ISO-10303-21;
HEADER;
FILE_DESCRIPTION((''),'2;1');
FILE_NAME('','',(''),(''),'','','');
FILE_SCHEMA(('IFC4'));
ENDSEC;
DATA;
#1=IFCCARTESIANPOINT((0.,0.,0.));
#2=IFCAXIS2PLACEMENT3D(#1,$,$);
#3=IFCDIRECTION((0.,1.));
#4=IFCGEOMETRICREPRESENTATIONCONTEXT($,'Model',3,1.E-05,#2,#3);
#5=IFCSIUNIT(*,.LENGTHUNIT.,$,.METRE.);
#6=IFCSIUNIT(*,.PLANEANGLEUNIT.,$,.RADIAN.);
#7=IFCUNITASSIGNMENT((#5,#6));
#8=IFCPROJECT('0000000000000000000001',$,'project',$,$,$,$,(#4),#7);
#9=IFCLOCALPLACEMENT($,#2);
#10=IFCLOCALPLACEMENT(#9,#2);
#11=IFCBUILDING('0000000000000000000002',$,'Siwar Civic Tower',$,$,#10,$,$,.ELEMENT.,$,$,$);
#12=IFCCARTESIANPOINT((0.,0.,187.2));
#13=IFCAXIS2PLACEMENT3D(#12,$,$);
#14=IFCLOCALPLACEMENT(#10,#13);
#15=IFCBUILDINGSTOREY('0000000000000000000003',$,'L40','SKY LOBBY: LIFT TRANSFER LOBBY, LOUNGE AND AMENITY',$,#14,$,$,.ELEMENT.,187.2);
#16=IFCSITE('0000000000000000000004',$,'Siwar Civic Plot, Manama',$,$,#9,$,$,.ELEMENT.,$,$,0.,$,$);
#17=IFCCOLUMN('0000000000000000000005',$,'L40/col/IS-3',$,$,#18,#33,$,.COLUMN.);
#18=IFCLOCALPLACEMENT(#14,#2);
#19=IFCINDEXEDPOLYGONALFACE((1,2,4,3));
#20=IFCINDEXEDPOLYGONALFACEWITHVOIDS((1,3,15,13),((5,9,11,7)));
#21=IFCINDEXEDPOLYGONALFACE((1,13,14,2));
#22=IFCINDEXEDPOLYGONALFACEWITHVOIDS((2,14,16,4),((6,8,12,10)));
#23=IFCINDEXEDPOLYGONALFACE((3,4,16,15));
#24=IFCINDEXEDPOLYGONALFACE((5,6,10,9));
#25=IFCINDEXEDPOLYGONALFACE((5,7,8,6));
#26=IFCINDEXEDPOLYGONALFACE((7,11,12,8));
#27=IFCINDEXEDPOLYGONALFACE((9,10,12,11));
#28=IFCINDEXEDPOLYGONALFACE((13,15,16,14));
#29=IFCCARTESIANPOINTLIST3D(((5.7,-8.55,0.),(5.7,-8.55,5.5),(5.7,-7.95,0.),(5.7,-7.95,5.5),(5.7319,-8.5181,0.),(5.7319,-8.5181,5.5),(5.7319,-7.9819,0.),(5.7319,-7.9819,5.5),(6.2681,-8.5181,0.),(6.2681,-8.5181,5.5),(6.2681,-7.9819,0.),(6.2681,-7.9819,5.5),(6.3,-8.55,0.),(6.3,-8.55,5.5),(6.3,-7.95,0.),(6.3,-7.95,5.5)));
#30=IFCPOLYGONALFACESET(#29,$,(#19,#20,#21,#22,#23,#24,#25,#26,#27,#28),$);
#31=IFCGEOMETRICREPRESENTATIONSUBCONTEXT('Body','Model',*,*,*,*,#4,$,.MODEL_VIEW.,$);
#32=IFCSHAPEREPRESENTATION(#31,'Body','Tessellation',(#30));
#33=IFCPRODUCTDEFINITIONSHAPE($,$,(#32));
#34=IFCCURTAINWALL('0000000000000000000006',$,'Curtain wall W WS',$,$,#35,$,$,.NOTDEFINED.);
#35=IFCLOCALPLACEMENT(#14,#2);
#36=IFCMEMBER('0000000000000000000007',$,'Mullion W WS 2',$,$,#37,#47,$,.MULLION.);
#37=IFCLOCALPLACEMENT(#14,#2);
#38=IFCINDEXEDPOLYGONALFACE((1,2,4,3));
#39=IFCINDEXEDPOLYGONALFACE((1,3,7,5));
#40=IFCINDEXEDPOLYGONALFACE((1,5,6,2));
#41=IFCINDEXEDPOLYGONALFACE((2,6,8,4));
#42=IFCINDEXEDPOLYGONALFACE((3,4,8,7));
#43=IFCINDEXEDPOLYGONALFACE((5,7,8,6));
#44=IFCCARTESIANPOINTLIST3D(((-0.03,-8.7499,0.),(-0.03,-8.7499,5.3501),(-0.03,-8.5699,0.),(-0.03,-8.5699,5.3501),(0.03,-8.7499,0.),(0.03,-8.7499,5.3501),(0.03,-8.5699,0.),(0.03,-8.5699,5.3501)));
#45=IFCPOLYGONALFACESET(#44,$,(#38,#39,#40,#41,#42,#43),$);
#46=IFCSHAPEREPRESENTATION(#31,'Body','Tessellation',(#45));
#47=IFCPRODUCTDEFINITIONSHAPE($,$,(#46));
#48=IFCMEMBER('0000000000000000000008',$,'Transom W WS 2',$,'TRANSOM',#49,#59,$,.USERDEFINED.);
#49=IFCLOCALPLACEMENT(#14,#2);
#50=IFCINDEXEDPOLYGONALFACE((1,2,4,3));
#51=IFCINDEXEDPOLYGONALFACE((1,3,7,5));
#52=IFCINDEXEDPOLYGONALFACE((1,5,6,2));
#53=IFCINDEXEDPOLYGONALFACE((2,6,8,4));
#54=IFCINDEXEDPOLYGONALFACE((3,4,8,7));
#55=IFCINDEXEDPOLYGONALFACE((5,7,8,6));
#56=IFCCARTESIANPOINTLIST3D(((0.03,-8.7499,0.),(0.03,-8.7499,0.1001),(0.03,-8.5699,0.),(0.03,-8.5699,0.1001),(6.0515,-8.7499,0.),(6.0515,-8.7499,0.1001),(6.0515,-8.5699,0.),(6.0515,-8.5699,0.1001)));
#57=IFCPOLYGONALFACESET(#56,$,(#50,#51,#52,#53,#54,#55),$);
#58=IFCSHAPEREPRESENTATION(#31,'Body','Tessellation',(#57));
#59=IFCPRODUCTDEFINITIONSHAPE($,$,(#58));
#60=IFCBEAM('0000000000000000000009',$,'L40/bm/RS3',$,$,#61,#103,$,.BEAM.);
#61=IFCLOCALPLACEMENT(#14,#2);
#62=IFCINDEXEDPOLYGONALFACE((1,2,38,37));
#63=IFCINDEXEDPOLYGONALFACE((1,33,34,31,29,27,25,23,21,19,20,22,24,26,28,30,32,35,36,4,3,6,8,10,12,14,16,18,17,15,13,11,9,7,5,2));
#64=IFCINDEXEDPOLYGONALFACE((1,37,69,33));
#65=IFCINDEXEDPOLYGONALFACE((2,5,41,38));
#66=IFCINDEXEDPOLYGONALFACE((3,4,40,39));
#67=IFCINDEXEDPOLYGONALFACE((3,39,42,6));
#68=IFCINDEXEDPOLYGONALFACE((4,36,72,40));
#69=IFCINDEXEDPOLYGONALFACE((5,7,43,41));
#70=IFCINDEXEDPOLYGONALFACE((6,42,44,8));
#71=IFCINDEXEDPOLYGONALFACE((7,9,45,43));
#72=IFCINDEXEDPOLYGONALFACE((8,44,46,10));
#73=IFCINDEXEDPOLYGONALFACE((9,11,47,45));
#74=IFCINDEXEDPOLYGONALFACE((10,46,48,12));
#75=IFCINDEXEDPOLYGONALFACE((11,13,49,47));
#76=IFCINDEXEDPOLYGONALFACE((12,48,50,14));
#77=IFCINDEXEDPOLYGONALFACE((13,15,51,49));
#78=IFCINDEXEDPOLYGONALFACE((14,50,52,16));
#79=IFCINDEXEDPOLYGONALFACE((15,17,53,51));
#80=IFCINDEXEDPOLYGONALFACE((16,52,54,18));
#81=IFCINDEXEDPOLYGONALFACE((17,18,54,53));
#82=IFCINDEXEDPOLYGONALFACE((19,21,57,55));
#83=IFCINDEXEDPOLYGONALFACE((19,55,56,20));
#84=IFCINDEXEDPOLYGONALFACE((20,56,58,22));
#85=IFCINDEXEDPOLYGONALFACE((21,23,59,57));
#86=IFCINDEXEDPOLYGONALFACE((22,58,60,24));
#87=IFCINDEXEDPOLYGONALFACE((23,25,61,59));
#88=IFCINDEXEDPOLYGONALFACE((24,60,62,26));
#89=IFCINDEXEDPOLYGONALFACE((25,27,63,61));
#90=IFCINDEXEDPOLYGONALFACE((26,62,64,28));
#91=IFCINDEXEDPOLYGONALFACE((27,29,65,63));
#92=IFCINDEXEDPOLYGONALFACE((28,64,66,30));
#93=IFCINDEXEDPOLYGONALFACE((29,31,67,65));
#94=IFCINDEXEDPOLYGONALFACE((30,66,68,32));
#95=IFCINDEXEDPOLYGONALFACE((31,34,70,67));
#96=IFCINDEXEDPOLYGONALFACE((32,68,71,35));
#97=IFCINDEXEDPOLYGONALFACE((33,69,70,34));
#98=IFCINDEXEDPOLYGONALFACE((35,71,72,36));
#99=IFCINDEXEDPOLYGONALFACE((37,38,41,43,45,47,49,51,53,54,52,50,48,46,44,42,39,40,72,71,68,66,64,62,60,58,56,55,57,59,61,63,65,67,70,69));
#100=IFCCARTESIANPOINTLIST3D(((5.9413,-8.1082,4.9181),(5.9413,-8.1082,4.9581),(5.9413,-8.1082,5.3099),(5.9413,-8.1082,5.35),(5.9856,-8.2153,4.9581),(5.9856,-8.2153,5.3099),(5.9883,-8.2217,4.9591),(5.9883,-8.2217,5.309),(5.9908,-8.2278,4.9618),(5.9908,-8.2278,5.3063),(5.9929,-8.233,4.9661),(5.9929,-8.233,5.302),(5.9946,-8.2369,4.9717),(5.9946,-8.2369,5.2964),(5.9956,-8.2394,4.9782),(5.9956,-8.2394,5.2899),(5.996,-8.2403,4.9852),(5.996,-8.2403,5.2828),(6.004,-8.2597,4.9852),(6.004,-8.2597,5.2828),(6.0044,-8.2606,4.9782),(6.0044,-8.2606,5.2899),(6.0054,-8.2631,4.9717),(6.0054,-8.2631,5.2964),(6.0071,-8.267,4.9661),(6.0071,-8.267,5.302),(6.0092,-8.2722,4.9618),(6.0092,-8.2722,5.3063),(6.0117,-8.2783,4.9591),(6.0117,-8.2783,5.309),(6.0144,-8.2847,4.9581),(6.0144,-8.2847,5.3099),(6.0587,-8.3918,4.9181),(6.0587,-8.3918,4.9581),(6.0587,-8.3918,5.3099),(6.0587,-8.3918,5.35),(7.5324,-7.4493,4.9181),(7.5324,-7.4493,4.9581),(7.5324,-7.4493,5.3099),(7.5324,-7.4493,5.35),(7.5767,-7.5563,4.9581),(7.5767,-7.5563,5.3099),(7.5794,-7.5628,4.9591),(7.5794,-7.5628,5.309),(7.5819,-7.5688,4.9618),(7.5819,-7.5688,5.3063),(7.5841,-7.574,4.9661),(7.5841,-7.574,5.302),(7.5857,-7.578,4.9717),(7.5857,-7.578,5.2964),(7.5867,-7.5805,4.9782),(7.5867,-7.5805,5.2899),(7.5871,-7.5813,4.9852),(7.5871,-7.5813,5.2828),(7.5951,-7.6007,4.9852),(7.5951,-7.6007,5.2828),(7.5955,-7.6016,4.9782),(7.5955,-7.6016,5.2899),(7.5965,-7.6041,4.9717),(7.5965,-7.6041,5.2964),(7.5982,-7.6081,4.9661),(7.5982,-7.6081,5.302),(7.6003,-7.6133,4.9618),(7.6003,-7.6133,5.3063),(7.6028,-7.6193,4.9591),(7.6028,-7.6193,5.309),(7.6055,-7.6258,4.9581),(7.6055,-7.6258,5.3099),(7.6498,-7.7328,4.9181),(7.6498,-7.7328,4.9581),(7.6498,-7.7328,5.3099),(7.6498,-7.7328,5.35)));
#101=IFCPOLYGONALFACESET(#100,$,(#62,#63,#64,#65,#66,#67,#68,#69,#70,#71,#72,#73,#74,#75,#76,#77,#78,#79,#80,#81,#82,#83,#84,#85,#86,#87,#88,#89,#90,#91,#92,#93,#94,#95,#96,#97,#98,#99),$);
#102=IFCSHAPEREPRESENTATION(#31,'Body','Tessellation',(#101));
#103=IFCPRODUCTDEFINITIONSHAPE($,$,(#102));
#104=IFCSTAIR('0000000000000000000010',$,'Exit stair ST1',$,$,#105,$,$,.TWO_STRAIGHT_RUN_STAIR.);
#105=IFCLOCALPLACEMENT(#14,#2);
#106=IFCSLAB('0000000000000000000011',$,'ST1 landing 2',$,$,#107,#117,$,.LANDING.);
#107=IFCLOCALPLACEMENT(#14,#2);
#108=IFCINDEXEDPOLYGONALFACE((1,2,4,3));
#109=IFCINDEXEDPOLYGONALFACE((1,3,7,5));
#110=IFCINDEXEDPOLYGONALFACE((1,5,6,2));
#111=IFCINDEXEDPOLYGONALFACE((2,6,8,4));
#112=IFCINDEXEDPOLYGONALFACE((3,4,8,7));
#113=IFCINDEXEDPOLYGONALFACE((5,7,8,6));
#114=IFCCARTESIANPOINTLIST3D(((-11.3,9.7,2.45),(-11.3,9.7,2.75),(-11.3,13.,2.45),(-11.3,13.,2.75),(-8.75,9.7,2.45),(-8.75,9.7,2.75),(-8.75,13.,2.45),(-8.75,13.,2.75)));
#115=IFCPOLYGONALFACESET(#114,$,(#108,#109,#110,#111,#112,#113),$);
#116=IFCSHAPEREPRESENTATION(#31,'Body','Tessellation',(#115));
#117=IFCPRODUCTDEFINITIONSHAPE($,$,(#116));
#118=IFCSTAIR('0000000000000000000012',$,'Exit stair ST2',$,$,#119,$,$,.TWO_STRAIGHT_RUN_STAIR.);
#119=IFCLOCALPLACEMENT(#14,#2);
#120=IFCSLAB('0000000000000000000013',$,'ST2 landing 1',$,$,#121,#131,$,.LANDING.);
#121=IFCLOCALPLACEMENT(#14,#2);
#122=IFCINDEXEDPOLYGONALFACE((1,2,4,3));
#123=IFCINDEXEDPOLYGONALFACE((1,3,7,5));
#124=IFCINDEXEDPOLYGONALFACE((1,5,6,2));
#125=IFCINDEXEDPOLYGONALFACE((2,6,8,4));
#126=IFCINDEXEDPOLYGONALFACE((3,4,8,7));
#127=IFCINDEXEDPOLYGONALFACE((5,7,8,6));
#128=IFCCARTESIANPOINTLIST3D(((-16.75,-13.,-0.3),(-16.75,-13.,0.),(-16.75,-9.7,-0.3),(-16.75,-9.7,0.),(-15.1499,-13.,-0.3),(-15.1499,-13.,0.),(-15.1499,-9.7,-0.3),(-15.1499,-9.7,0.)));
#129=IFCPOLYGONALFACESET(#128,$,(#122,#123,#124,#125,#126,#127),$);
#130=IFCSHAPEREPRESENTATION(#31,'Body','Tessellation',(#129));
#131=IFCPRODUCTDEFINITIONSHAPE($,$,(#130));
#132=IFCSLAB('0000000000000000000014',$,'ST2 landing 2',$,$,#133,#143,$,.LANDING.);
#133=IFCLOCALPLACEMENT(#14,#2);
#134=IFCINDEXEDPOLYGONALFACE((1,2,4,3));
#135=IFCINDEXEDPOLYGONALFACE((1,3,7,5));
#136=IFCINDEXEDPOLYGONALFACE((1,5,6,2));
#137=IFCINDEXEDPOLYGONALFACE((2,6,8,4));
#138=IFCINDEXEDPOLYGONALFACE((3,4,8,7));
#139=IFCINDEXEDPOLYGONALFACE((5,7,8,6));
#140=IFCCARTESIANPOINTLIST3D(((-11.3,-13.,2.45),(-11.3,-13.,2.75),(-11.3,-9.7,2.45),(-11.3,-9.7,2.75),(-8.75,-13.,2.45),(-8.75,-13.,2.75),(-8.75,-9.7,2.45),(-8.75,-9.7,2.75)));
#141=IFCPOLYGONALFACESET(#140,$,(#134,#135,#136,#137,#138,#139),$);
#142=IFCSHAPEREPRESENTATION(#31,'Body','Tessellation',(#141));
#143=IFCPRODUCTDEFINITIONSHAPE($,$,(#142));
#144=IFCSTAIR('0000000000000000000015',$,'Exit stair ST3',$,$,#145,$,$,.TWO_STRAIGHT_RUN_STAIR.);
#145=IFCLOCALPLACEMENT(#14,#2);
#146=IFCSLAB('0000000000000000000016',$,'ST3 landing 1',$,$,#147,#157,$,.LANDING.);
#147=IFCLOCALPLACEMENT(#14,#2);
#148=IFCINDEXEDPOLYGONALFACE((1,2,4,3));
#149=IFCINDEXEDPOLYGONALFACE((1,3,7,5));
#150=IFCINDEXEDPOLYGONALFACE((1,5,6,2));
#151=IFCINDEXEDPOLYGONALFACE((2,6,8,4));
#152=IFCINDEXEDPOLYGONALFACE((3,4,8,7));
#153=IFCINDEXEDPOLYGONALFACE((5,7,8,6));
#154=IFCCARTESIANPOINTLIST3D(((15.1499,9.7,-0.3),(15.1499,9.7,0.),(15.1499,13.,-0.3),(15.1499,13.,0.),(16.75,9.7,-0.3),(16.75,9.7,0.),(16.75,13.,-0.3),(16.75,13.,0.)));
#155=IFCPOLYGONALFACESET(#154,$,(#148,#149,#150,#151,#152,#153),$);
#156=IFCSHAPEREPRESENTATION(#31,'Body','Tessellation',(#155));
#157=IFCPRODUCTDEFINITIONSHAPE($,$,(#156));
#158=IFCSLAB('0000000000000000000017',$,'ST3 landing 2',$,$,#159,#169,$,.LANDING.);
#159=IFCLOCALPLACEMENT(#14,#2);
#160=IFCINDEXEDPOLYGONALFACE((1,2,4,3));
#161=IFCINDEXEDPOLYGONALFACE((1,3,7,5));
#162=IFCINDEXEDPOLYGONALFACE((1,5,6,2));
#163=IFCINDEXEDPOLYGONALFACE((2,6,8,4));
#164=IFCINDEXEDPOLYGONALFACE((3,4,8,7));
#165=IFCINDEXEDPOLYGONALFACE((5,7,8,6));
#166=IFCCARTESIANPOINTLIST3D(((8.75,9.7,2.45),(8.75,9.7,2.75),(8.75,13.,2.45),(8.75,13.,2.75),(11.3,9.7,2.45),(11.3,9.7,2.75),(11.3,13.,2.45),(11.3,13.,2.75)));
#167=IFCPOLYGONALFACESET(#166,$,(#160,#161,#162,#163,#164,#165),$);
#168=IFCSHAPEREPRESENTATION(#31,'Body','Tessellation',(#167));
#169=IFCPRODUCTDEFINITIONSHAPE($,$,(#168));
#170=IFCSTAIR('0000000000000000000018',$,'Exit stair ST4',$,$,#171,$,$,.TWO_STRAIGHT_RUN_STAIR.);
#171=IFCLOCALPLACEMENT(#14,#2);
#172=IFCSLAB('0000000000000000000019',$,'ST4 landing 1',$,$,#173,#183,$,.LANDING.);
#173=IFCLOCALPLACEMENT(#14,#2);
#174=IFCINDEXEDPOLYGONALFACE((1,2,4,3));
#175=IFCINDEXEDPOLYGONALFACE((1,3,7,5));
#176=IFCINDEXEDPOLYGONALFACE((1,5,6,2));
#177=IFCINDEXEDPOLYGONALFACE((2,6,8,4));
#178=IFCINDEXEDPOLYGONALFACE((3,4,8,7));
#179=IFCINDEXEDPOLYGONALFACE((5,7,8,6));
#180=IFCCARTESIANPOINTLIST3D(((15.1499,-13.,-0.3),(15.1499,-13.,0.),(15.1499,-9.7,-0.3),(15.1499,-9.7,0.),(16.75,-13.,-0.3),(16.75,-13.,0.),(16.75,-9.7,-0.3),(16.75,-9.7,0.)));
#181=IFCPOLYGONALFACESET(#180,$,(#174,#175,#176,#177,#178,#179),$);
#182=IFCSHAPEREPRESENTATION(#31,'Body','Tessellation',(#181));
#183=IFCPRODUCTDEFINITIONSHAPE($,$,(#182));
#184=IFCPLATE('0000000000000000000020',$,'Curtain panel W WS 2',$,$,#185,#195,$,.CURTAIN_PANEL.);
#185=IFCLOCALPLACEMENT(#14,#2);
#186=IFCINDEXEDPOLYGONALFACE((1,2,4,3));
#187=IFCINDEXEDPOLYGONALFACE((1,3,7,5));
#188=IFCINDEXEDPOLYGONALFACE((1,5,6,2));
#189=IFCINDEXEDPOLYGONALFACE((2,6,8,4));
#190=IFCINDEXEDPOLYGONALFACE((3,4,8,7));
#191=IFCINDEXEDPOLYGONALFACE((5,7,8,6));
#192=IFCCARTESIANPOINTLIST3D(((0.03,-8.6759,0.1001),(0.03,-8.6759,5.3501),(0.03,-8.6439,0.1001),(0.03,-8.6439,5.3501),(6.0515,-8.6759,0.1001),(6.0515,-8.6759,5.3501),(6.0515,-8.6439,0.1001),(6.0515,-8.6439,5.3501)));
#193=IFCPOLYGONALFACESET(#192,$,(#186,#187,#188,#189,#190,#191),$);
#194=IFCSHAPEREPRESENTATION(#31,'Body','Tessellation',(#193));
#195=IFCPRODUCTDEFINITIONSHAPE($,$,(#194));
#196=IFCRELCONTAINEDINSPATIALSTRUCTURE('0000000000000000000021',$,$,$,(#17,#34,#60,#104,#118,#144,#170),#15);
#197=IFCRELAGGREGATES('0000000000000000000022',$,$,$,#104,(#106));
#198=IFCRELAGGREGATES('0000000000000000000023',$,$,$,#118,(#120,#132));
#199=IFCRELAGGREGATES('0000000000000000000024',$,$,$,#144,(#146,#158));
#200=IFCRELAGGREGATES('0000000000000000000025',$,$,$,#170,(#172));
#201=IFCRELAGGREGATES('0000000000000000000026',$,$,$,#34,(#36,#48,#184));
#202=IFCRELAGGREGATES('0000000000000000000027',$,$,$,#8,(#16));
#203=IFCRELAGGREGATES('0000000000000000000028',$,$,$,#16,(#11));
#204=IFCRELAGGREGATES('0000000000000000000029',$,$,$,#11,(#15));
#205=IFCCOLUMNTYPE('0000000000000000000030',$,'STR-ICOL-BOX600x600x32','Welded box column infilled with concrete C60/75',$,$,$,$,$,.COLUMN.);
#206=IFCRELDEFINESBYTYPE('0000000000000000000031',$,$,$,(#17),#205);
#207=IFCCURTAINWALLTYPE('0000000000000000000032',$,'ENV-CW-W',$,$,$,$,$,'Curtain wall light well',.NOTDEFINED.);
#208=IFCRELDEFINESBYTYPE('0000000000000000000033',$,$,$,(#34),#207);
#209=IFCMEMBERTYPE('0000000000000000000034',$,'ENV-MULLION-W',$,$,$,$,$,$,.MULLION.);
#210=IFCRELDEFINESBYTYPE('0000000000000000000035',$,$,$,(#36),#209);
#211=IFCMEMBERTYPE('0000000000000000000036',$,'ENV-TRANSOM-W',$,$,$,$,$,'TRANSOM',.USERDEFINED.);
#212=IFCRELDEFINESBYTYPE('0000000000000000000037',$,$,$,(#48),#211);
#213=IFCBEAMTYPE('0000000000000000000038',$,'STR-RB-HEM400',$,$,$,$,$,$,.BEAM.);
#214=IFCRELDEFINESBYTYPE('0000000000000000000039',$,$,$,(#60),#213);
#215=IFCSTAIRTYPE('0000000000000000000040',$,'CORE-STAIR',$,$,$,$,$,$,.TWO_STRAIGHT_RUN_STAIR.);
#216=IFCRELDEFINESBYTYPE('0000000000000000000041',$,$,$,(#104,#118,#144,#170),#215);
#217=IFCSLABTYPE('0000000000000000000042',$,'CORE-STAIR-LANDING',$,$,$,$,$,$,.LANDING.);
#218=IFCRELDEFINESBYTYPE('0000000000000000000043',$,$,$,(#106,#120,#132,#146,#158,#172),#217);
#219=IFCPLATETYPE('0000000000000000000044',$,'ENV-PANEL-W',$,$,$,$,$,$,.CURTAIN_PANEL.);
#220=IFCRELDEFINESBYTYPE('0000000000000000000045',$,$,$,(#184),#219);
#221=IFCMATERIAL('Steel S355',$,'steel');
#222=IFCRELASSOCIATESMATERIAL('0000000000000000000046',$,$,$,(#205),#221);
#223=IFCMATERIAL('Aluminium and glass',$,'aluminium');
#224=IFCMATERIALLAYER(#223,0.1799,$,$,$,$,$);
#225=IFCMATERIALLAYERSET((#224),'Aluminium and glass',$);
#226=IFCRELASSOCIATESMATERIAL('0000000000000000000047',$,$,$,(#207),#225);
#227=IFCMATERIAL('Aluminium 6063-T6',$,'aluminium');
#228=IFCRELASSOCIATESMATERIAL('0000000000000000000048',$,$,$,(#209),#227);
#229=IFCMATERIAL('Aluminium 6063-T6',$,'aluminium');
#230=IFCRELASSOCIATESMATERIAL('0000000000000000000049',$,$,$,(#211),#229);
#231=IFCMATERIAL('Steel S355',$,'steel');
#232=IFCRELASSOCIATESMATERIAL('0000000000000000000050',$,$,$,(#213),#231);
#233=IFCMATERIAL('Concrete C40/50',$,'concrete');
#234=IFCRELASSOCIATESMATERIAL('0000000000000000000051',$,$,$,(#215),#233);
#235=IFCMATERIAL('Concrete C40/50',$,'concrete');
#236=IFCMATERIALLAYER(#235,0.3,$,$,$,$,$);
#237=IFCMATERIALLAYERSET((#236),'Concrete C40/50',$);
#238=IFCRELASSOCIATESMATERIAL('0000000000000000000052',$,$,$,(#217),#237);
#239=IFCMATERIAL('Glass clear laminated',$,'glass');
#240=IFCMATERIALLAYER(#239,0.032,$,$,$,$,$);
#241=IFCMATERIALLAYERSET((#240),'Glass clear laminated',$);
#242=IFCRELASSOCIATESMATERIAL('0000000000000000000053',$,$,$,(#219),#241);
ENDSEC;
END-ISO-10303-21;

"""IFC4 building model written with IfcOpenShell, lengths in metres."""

from ifc_helpers import new_model, si_unit, direction, frame, origin, origin_2d, place, context, subcontext, project, spatial, polyline, rectangle, hollow_rectangle, i_section, outline, extrude, material, layer, layer_set, material_profile, profile_set, type_object, element, aggregate, save


model = new_model("IFC4")

# Units and contexts
model_context = context("Model", 3, precision=1e-05, world=origin(), true_north=direction((0.0, 1.0)))
body_context = subcontext(model_context, "Body", "Model", "MODEL_VIEW")
ifc_project = project(units=[si_unit("LENGTHUNIT", "METRE"), si_unit("PLANEANGLEUNIT", "RADIAN")], contexts=[model_context])

# Site, building, storey
site_placement = place(None, origin())
site = spatial("IfcSite", under=ifc_project, at=site_placement, Name="Siwar Civic Plot, Manama", CompositionType="ELEMENT", RefElevation=0.0)
building_placement = place(site_placement, origin())
building = spatial("IfcBuilding", under=site, at=building_placement, Name="Siwar Civic Tower", CompositionType="ELEMENT")
storey_placement = place(building_placement, frame((0.0, 0.0, 187.2)))
storey = spatial("IfcBuildingStorey", under=building, at=storey_placement, Name="L40", Description="SKY LOBBY: LIFT TRANSFER LOBBY, LOUNGE AND AMENITY", CompositionType="ELEMENT", Elevation=187.2)

# Column
ifc_material_1 = material(Name="Steel S355", Category="steel")
ifc_material_profile_1 = material_profile(ifc_material_1, hollow_rectangle(XDim=0.6001, YDim=0.6001, WallThickness=0.032, at=origin_2d()), Name="BOX600x600x32")
ifc_profile_set_1 = profile_set([ifc_material_profile_1], Name="Steel S355")
column_type = type_object("IfcColumnType", Name="STR-ICOL-BOX600x600x32", Description="Welded box column infilled with concrete C60/75", PredefinedType="COLUMN", material=ifc_profile_set_1)
column_placement = place(storey_placement, frame((6.0, -8.25, 0.0), z_axis=(0.0, 0.0, 1.0), x_axis=(1.0, 0.0, 0.0)))
element("IfcColumn", 1, at=column_placement, inside=storey, type_object=column_type, Name="L40/col/IS-3", PredefinedType="COLUMN", context=body_context, shape_type="SweptSolid", body=[
    extrude(hollow_rectangle(XDim=0.6001, YDim=0.6001, WallThickness=0.032, at=origin_2d()), origin(), (0.0, 0.0, 1.0), 5.5),
])

# Curtain wall, members
ifc_material_2 = material(Name="Aluminium and glass", Category="aluminium")
ifc_layer_1 = layer(ifc_material_2, 0.1799)
ifc_layer_set_1 = layer_set([ifc_layer_1], Name="Aluminium and glass")
curtain_wall_type = type_object("IfcCurtainWallType", Name="ENV-CW-W", ElementType="Curtain wall light well", PredefinedType="NOTDEFINED", material=ifc_layer_set_1)
curtain_wall_placement = place(storey_placement, origin())
curtain_wall = element("IfcCurtainWall", 2, at=curtain_wall_placement, inside=storey, type_object=curtain_wall_type, Name="Curtain wall W WS", PredefinedType="NOTDEFINED")
ifc_material_3 = material(Name="Aluminium 6063-T6", Category="aluminium")
ifc_material_profile_2 = material_profile(ifc_material_3, rectangle(XDim=0.1799, YDim=0.0601, at=origin_2d()), Name="AL 180x60")
ifc_profile_set_2 = profile_set([ifc_material_profile_2], Name="Aluminium 6063-T6")
member_type_1 = type_object("IfcMemberType", Name="ENV-MULLION-W", PredefinedType="MULLION", material=ifc_profile_set_2)
member_1_placement = place(storey_placement, frame((0.0, -8.6599, 0.0), z_axis=(0.0, 0.0, 1.0), x_axis=(0.0, 1.0, 0.0)))
member_1 = element("IfcMember", 3, at=member_1_placement, type_object=member_type_1, Name="Mullion W WS 2", PredefinedType="MULLION", context=body_context, shape_type="SweptSolid", body=[
    extrude(rectangle(XDim=0.1799, YDim=0.0601, at=origin_2d()), origin(), (0.0, 0.0, 1.0), 5.3501),
])
ifc_material_4 = material(Name="Aluminium 6063-T6", Category="aluminium")
ifc_material_profile_3 = material_profile(ifc_material_4, rectangle(XDim=0.1799, YDim=0.1001, at=origin_2d()), Name="AL 180x100")
ifc_profile_set_3 = profile_set([ifc_material_profile_3], Name="Aluminium 6063-T6")
member_type_2 = type_object("IfcMemberType", Name="ENV-TRANSOM-W", ElementType="TRANSOM", PredefinedType="USERDEFINED", material=ifc_profile_set_3)
member_2_placement = place(storey_placement, frame((0.03, -8.6599, 0.05), z_axis=(1.0, 0.0, 0.0), x_axis=(0.0, 1.0, 0.0)))
member_2 = element("IfcMember", 4, at=member_2_placement, type_object=member_type_2, Name="Transom W WS 2", ObjectType="TRANSOM", PredefinedType="USERDEFINED", context=body_context, shape_type="SweptSolid", body=[
    extrude(rectangle(XDim=0.1799, YDim=0.1001, at=origin_2d()), origin(), (0.0, 0.0, 1.0), 6.0215),
])

# Beam
ifc_material_5 = material(Name="Steel S355", Category="steel")
ifc_material_profile_4 = material_profile(ifc_material_5, i_section(OverallWidth=0.3069, OverallDepth=0.4319, WebThickness=0.021, FlangeThickness=0.04, FilletRadius=0.0271, at=origin_2d()), Name="HEM400")
ifc_profile_set_4 = profile_set([ifc_material_profile_4], Name="Steel S355")
beam_type = type_object("IfcBeamType", Name="STR-RB-HEM400", PredefinedType="BEAM", material=ifc_profile_set_4)
beam_placement = place(storey_placement, frame((6.0, -8.25, 5.134), z_axis=(0.923901, 0.382631, 0.0), x_axis=(-0.382631, 0.923901, 0.0)))
element("IfcBeam", 5, at=beam_placement, inside=storey, type_object=beam_type, Name="L40/bm/RS3", PredefinedType="BEAM", context=body_context, shape_type="SweptSolid", body=[
    extrude(i_section(OverallWidth=0.3069, OverallDepth=0.4319, WebThickness=0.021, FlangeThickness=0.04, FilletRadius=0.0271, at=origin_2d()), origin(), (0.0, 0.0, 1.0), 1.7222),
])

# Stair, slab
ifc_material_6 = material(Name="Concrete C40/50", Category="concrete")
stair_type = type_object("IfcStairType", Name="CORE-STAIR", PredefinedType="TWO_STRAIGHT_RUN_STAIR", material=ifc_material_6)
stair_1_placement = place(storey_placement, origin())
stair_1 = element("IfcStair", 6, at=stair_1_placement, inside=storey, type_object=stair_type, Name="Exit stair ST1", PredefinedType="TWO_STRAIGHT_RUN_STAIR")
ifc_material_7 = material(Name="Concrete C40/50", Category="concrete")
ifc_layer_2 = layer(ifc_material_7, 0.3)
ifc_layer_set_2 = layer_set([ifc_layer_2], Name="Concrete C40/50")
slab_type = type_object("IfcSlabType", Name="CORE-STAIR-LANDING", PredefinedType="LANDING", material=ifc_layer_set_2)
slab_1_placement = place(storey_placement, frame((0.0, 0.0, 2.45)))
slab_1 = element("IfcSlab", 7, at=slab_1_placement, type_object=slab_type, Name="ST1 landing 2", PredefinedType="LANDING", context=body_context, shape_type="SweptSolid", body=[
    extrude(outline(polyline([(-8.75, 13.0), (-11.3, 13.0), (-11.3, 9.7), (-8.75, 9.7), (-8.75, 13.0)])), origin(), (0.0, 0.0, 1.0), 0.3),
])
aggregate(stair_1, [slab_1])

# Stairs, slabs
stair_2_placement = place(storey_placement, origin())
stair_2 = element("IfcStair", 8, at=stair_2_placement, inside=storey, type_object=stair_type, Name="Exit stair ST2", PredefinedType="TWO_STRAIGHT_RUN_STAIR")
slab_2_placement = place(storey_placement, frame((0.0, 0.0, -0.3)))
slab_2 = element("IfcSlab", 9, at=slab_2_placement, type_object=slab_type, Name="ST2 landing 1", PredefinedType="LANDING", context=body_context, shape_type="SweptSolid", body=[
    extrude(outline(polyline([(-15.1499, -9.7), (-16.75, -9.7), (-16.75, -13.0), (-15.1499, -13.0), (-15.1499, -9.7)])), origin(), (0.0, 0.0, 1.0), 0.3),
])
slab_3_placement = place(storey_placement, frame((0.0, 0.0, 2.45)))
slab_3 = element("IfcSlab", 10, at=slab_3_placement, type_object=slab_type, Name="ST2 landing 2", PredefinedType="LANDING", context=body_context, shape_type="SweptSolid", body=[
    extrude(outline(polyline([(-8.75, -9.7), (-11.3, -9.7), (-11.3, -13.0), (-8.75, -13.0), (-8.75, -9.7)])), origin(), (0.0, 0.0, 1.0), 0.3),
])
aggregate(stair_2, [slab_2, slab_3])
stair_3_placement = place(storey_placement, origin())
stair_3 = element("IfcStair", 11, at=stair_3_placement, inside=storey, type_object=stair_type, Name="Exit stair ST3", PredefinedType="TWO_STRAIGHT_RUN_STAIR")
slab_4_placement = place(storey_placement, frame((0.0, 0.0, -0.3)))
slab_4 = element("IfcSlab", 12, at=slab_4_placement, type_object=slab_type, Name="ST3 landing 1", PredefinedType="LANDING", context=body_context, shape_type="SweptSolid", body=[
    extrude(outline(polyline([(15.1499, 9.7), (16.75, 9.7), (16.75, 13.0), (15.1499, 13.0), (15.1499, 9.7)])), origin(), (0.0, 0.0, 1.0), 0.3),
])
slab_5_placement = place(storey_placement, frame((0.0, 0.0, 2.45)))
slab_5 = element("IfcSlab", 13, at=slab_5_placement, type_object=slab_type, Name="ST3 landing 2", PredefinedType="LANDING", context=body_context, shape_type="SweptSolid", body=[
    extrude(outline(polyline([(8.75, 9.7), (11.3, 9.7), (11.3, 13.0), (8.75, 13.0), (8.75, 9.7)])), origin(), (0.0, 0.0, 1.0), 0.3),
])
aggregate(stair_3, [slab_4, slab_5])

# Stair, slab
stair_4_placement = place(storey_placement, origin())
stair_4 = element("IfcStair", 14, at=stair_4_placement, inside=storey, type_object=stair_type, Name="Exit stair ST4", PredefinedType="TWO_STRAIGHT_RUN_STAIR")
slab_6_placement = place(storey_placement, frame((0.0, 0.0, -0.3)))
slab_6 = element("IfcSlab", 15, at=slab_6_placement, type_object=slab_type, Name="ST4 landing 1", PredefinedType="LANDING", context=body_context, shape_type="SweptSolid", body=[
    extrude(outline(polyline([(15.1499, -13.0), (16.75, -13.0), (16.75, -9.7), (15.1499, -9.7), (15.1499, -13.0)])), origin(), (0.0, 0.0, 1.0), 0.3),
])
aggregate(stair_4, [slab_6])

# Plate
ifc_material_8 = material(Name="Glass clear laminated", Category="glass")
ifc_layer_3 = layer(ifc_material_8, 0.032)
ifc_layer_set_3 = layer_set([ifc_layer_3], Name="Glass clear laminated")
plate_type = type_object("IfcPlateType", Name="ENV-PANEL-W", PredefinedType="CURTAIN_PANEL", material=ifc_layer_set_3)
plate_placement = place(storey_placement, frame((3.0408, -8.6599, 0.1001), z_axis=(0.0, 0.0, 1.0), x_axis=(1.0, 0.0, 0.0)))
plate = element("IfcPlate", 16, at=plate_placement, type_object=plate_type, Name="Curtain panel W WS 2", PredefinedType="CURTAIN_PANEL", context=body_context, shape_type="SweptSolid", body=[
    extrude(rectangle(XDim=6.0215, YDim=0.032, at=origin_2d()), origin(), (0.0, 0.0, 1.0), 5.25),
])
aggregate(curtain_wall, [member_1, member_2, plate])

save(model, "model.ifc")
